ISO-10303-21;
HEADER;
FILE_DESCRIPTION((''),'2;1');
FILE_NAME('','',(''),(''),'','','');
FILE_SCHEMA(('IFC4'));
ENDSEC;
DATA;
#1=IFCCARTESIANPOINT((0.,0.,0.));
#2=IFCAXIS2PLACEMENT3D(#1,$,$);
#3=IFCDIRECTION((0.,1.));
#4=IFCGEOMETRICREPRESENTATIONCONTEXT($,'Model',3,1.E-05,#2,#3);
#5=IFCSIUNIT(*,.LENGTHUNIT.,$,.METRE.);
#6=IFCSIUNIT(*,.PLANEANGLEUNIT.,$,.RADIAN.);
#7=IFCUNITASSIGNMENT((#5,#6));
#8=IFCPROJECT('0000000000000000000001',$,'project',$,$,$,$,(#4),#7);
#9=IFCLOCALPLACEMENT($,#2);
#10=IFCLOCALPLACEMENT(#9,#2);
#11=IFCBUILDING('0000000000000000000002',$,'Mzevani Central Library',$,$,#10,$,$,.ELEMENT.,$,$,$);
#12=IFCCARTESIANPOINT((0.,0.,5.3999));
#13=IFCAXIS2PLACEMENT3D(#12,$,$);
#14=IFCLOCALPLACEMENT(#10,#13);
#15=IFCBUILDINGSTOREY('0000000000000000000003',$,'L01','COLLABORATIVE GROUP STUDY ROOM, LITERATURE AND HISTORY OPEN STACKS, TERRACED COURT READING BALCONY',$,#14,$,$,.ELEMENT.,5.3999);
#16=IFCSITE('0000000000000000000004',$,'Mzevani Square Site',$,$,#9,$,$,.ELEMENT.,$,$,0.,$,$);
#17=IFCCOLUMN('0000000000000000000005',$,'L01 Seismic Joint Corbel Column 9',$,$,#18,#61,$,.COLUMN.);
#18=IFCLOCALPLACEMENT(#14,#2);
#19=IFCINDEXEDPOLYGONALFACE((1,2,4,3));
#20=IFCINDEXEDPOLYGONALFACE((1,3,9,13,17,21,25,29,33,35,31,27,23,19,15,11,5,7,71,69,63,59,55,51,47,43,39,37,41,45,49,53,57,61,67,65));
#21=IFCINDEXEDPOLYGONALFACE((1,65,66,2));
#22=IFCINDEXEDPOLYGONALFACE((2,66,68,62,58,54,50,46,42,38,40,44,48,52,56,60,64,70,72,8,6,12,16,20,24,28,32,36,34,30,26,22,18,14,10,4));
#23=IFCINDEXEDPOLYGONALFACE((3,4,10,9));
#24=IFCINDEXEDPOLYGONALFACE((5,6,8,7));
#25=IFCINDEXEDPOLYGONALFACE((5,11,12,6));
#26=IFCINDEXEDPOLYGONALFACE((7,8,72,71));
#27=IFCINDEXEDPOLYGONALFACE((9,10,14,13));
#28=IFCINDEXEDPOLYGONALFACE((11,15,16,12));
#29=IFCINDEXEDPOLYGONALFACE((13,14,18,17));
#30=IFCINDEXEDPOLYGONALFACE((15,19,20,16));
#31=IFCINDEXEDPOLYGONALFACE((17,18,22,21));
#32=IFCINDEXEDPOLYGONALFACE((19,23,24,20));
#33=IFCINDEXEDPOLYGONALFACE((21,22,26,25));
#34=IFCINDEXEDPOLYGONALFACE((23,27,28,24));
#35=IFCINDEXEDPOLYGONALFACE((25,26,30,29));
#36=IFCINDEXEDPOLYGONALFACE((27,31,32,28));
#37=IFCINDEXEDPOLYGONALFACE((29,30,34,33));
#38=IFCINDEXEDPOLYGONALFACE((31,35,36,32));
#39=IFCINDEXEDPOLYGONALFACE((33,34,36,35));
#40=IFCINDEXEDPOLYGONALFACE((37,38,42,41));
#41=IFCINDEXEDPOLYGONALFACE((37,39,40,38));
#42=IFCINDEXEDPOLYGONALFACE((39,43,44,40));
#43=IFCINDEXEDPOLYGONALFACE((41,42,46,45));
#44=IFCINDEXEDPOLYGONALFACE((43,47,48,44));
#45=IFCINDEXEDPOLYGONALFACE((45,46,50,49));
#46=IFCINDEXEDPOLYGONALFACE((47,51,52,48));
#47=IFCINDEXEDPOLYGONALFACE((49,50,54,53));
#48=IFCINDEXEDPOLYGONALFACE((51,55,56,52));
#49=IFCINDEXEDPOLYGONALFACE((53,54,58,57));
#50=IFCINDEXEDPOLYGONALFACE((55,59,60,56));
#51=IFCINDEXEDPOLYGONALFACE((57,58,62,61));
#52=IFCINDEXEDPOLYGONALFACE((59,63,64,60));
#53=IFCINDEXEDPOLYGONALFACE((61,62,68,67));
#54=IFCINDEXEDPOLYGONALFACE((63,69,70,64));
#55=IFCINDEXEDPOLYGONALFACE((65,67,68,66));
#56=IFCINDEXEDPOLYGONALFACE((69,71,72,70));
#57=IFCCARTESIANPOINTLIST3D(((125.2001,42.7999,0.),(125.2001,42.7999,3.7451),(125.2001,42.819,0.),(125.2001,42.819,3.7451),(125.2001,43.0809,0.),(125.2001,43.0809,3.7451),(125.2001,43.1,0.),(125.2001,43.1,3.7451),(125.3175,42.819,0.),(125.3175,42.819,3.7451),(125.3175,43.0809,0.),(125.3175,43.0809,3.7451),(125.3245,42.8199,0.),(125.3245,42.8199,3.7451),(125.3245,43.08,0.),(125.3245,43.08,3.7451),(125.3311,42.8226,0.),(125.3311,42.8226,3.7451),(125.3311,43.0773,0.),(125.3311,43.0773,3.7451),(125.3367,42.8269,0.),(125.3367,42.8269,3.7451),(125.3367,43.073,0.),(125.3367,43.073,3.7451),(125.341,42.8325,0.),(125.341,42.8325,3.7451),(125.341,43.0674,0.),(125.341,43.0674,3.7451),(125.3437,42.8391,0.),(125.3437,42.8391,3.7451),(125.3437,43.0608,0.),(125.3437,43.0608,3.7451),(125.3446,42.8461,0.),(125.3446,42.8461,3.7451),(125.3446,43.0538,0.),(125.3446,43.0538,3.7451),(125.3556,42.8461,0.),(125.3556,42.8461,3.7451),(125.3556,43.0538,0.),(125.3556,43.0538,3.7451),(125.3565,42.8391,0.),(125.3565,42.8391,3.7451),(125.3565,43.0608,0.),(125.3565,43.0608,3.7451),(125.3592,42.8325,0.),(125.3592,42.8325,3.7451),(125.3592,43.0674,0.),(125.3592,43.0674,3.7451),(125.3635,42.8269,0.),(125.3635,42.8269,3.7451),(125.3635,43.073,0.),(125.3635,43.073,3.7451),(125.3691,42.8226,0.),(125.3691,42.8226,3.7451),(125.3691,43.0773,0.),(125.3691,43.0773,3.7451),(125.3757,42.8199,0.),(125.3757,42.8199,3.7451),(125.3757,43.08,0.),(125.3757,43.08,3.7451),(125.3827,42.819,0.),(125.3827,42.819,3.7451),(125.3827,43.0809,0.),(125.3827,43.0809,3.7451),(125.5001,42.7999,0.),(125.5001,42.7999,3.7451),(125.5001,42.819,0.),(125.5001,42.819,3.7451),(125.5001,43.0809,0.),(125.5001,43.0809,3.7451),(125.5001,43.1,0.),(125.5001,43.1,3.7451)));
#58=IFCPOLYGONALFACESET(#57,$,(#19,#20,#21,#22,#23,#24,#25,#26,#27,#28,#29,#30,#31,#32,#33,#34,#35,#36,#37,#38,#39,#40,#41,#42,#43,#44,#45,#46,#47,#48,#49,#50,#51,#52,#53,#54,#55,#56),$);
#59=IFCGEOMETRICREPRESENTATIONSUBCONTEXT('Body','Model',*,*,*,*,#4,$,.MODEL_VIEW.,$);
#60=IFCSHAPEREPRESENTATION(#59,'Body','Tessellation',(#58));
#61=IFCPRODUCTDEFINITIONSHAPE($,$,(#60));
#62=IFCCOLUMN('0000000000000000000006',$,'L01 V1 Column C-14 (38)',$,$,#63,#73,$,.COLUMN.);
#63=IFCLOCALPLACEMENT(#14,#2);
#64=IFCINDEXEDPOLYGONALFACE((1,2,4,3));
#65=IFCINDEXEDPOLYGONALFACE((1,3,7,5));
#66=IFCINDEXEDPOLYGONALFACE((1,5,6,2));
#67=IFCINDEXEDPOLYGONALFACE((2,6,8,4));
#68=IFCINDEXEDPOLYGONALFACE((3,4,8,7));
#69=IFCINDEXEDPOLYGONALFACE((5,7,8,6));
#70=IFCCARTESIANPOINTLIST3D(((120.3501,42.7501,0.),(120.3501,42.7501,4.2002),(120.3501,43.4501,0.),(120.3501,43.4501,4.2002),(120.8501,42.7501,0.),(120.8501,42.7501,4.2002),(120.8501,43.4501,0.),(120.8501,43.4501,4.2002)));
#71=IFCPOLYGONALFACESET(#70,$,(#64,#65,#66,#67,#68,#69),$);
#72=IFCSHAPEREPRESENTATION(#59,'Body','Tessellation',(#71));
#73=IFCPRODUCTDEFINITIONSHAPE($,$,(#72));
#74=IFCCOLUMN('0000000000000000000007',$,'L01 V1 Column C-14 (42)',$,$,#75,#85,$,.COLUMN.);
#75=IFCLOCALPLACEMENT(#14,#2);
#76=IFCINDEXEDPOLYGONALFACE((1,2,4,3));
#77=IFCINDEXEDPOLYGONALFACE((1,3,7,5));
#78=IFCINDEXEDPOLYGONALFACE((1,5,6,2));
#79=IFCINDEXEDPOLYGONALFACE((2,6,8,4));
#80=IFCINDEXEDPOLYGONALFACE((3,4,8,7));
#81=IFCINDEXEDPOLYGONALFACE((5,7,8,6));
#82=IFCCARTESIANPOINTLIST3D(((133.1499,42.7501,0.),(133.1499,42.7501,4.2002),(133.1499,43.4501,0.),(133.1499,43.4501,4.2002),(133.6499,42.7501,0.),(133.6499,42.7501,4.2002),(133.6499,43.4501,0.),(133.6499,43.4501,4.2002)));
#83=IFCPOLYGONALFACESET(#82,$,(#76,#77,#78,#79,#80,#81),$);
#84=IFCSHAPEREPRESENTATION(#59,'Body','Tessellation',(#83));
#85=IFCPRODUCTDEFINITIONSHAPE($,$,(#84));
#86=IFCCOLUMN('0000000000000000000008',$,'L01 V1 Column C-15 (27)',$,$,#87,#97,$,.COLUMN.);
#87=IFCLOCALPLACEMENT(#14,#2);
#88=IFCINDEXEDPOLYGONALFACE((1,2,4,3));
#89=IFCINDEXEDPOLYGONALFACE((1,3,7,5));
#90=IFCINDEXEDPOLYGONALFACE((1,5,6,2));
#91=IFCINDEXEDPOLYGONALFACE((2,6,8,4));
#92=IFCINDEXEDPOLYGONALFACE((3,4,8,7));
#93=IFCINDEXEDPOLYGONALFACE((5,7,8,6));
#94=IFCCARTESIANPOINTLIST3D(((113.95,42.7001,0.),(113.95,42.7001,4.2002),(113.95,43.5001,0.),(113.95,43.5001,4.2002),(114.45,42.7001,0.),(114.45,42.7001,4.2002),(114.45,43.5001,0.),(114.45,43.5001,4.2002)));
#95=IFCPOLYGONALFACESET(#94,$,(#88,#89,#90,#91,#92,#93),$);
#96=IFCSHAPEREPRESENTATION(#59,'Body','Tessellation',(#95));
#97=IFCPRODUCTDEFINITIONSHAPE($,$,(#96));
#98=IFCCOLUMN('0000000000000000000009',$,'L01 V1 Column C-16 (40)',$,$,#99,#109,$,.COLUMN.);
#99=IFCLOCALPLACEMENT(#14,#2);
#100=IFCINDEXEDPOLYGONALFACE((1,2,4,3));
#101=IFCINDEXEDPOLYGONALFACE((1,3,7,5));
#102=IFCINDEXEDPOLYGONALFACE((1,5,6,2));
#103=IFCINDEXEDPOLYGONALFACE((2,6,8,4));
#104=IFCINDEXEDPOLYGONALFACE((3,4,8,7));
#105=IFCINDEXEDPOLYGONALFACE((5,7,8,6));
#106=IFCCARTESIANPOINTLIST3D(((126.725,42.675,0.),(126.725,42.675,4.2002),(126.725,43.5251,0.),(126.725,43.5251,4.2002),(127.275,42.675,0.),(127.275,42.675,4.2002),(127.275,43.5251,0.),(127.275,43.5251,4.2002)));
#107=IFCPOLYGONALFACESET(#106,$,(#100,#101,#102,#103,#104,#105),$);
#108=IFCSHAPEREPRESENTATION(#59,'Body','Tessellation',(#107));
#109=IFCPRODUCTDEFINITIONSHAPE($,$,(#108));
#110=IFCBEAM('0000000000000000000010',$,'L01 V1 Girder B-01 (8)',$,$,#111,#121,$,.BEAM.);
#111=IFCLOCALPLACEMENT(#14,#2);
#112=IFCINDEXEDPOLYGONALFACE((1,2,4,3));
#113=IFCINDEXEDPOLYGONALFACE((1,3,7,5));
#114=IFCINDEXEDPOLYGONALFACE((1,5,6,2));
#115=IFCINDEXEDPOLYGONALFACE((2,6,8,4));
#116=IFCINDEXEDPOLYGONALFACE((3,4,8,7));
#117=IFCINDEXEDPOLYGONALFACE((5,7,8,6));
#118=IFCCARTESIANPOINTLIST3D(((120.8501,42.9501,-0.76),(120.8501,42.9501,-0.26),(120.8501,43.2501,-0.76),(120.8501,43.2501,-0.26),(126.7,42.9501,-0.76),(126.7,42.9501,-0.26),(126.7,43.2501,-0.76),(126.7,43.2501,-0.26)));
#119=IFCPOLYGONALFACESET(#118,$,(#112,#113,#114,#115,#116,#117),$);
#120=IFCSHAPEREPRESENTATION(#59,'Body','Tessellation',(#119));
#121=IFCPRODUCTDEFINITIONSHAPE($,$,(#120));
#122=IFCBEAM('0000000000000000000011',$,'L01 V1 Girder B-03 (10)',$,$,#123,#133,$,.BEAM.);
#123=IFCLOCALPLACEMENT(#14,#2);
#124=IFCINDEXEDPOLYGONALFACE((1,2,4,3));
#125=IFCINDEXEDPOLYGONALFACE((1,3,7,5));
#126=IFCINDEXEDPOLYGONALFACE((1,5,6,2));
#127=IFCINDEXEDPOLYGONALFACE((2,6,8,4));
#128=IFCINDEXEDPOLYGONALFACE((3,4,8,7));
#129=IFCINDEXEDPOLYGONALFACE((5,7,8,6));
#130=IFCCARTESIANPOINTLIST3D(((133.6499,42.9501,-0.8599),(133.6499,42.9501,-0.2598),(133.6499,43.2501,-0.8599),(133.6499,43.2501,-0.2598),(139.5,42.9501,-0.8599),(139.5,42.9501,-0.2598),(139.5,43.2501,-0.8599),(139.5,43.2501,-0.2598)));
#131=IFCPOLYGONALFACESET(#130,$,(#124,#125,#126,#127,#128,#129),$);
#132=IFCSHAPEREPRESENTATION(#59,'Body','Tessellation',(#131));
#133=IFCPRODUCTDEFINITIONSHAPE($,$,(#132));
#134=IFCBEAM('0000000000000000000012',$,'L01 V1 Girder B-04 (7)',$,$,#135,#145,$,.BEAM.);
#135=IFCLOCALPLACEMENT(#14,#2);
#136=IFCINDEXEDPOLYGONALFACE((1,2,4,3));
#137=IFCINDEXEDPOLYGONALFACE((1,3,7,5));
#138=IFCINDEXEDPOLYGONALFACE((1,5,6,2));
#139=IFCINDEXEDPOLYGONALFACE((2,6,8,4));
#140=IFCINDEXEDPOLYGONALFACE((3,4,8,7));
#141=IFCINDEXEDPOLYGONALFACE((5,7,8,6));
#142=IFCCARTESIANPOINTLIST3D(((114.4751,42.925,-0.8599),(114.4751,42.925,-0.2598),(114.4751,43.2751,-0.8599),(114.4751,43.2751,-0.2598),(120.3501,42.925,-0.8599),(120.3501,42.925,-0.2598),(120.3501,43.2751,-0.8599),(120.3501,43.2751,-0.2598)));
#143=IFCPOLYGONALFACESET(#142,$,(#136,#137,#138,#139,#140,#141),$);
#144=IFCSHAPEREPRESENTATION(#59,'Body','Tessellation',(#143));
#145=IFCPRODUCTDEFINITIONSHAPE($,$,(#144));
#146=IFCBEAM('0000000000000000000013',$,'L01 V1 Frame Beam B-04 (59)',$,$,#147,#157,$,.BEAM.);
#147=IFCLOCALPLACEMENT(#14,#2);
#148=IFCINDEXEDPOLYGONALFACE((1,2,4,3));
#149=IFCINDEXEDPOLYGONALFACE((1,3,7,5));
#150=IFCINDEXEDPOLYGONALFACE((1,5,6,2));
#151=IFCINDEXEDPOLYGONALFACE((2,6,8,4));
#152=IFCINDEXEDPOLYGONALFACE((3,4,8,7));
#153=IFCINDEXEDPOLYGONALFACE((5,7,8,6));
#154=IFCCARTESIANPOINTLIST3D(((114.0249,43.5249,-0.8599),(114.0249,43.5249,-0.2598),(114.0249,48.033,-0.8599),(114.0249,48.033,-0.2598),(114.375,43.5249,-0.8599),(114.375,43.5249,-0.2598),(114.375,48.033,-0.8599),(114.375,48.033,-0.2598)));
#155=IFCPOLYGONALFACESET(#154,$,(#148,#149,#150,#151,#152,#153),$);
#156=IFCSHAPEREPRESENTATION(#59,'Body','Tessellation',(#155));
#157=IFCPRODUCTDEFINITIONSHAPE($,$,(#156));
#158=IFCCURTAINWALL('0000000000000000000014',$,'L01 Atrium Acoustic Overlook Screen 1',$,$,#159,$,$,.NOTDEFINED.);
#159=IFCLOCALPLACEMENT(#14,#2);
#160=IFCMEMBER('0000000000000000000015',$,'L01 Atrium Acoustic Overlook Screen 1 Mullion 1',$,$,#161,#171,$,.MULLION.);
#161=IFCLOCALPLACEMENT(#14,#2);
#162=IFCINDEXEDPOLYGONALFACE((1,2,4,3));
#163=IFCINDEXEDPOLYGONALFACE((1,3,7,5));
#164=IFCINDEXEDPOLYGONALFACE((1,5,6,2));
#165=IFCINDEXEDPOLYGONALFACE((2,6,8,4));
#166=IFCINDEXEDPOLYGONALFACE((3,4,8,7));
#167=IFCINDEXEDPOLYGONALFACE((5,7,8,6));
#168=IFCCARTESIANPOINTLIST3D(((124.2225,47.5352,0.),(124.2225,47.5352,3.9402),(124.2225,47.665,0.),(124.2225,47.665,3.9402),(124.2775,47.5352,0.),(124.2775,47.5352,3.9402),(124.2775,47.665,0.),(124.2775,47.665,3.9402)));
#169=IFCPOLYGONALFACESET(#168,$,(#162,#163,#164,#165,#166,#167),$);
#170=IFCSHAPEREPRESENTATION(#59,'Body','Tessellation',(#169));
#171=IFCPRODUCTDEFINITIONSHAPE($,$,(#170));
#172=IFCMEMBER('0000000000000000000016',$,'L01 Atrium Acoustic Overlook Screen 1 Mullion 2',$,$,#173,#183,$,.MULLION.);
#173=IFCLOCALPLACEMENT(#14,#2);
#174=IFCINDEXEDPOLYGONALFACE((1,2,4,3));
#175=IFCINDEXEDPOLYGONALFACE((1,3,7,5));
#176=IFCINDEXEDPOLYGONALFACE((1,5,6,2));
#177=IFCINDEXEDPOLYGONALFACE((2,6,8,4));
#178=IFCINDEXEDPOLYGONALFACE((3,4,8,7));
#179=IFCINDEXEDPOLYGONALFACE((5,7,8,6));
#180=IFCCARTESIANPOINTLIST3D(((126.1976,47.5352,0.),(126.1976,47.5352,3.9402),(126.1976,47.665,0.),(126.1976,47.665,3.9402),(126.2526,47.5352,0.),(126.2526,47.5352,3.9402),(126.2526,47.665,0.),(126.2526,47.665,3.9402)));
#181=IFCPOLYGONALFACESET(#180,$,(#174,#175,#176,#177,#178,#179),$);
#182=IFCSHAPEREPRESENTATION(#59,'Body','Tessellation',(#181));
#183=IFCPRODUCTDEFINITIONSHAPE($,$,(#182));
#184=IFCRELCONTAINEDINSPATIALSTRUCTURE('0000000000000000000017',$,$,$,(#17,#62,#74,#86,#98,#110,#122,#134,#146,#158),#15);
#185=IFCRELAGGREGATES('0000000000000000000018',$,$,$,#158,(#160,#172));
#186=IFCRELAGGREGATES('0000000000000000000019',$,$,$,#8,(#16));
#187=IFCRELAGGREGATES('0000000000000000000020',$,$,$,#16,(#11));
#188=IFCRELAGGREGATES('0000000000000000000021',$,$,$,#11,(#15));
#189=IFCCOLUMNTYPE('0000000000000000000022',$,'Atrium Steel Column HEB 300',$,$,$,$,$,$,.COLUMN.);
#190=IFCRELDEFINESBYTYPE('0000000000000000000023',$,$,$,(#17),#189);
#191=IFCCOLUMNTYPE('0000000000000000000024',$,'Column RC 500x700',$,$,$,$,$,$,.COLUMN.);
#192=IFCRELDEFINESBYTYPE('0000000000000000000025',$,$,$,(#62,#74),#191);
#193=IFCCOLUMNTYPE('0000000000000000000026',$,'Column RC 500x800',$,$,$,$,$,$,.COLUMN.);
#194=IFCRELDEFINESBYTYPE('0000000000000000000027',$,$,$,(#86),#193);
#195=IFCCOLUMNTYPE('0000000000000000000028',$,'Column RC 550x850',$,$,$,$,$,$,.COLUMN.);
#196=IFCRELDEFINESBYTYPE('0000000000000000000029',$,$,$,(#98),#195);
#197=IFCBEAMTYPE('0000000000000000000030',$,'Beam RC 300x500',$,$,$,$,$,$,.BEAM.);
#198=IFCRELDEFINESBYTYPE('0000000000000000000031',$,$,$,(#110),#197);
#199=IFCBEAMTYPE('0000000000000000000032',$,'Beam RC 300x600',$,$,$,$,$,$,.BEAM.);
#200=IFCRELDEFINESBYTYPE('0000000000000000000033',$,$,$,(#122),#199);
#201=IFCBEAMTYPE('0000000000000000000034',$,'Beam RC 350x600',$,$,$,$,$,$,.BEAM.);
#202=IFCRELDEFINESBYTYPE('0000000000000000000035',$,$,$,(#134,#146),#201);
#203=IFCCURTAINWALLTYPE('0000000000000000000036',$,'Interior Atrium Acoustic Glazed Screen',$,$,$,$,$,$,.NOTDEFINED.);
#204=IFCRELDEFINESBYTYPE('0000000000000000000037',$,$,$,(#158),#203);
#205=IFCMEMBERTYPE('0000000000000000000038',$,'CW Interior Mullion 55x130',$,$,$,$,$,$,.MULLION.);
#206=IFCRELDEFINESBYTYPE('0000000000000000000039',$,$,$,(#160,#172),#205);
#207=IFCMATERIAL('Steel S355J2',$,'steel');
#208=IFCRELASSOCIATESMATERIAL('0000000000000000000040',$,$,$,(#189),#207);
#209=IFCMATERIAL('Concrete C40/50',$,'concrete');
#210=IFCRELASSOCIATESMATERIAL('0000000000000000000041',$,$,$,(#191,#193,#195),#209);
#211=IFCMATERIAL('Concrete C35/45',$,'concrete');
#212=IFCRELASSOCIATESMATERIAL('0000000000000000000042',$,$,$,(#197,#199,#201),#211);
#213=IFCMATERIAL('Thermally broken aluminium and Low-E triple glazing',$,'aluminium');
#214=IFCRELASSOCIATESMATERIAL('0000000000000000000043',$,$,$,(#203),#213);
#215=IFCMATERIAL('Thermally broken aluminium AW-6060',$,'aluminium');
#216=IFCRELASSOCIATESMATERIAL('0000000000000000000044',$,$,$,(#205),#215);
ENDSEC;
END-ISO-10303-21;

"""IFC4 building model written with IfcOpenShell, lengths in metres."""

from ifc_helpers import new_model, si_unit, direction, frame, origin, origin_2d, place, context, subcontext, project, spatial, rectangle, i_section, extrude, material, material_profile, profile_set, type_object, element, aggregate, save


model = new_model("IFC4")

# Units and contexts
model_context = context("Model", 3, precision=1e-05, world=origin(), true_north=direction((0.0, 1.0)))
body_context = subcontext(model_context, "Body", "Model", "MODEL_VIEW")
ifc_project = project(units=[si_unit("LENGTHUNIT", "METRE"), si_unit("PLANEANGLEUNIT", "RADIAN")], contexts=[model_context])

# Site, building, storey
site_placement = place(None, origin())
site = spatial("IfcSite", under=ifc_project, at=site_placement, Name="Mzevani Square Site", CompositionType="ELEMENT", RefElevation=0.0)
building_placement = place(site_placement, origin())
building = spatial("IfcBuilding", under=site, at=building_placement, Name="Mzevani Central Library", CompositionType="ELEMENT")
storey_placement = place(building_placement, frame((0.0, 0.0, 5.3999)))
storey = spatial("IfcBuildingStorey", under=building, at=storey_placement, Name="L01", Description="COLLABORATIVE GROUP STUDY ROOM, LITERATURE AND HISTORY OPEN STACKS, TERRACED COURT READING BALCONY", CompositionType="ELEMENT", Elevation=5.3999)

# Columns
ifc_material_1 = material(Name="Steel S355J2", Category="steel")
ifc_material_profile_1 = material_profile(ifc_material_1, i_section(OverallWidth=0.3, OverallDepth=0.3, WebThickness=0.011, FlangeThickness=0.019, FilletRadius=0.0271, at=origin_2d()), Name="HEB 300")
ifc_profile_set_1 = profile_set([ifc_material_profile_1], Name="Steel S355J2")
column_type_1 = type_object("IfcColumnType", Name="Atrium Steel Column HEB 300", PredefinedType="COLUMN", material=ifc_profile_set_1)
column_1_placement = place(storey_placement, frame((125.3501, 42.95, 0.0), z_axis=(0.0, 0.0, 1.0), x_axis=(1.0, 0.0, 0.0)))
element("IfcColumn", 1, at=column_1_placement, inside=storey, type_object=column_type_1, Name="L01 Seismic Joint Corbel Column 9", PredefinedType="COLUMN", context=body_context, shape_type="SweptSolid", body=[
    extrude(i_section(OverallWidth=0.3, OverallDepth=0.3, WebThickness=0.011, FlangeThickness=0.019, FilletRadius=0.0271, at=origin_2d()), origin(), (0.0, 0.0, 1.0), 3.7451),
])
ifc_material_2 = material(Name="Concrete C40/50", Category="concrete")
ifc_material_profile_2 = material_profile(ifc_material_2, rectangle(XDim=0.5, YDim=0.7, at=origin_2d()), Name="RC 500x700")
ifc_profile_set_2 = profile_set([ifc_material_profile_2], Name="Concrete C40/50")
column_type_2 = type_object("IfcColumnType", Name="Column RC 500x700", PredefinedType="COLUMN", material=ifc_profile_set_2)
for number, where, z_axis, x_axis, name in (
    (2, (120.6001, 43.1001, 0.0), (0.0, 0.0, 1.0), (1.0, 0.0, 0.0), "L01 V1 Column C-14 (38)"),
    (3, (133.3999, 43.1001, 0.0), (0.0, 0.0, 1.0), (1.0, 0.0, 0.0), "L01 V1 Column C-14 (42)"),
):
    element("IfcColumn", number, at=place(storey_placement, frame(where, z_axis=z_axis, x_axis=x_axis)), inside=storey, type_object=column_type_2, Name=name, PredefinedType="COLUMN", context=body_context, shape_type="SweptSolid", body=[
        extrude(rectangle(XDim=0.5, YDim=0.7, at=origin_2d()), origin(), (0.0, 0.0, 1.0), 4.2002),
    ])
ifc_material_profile_3 = material_profile(ifc_material_2, rectangle(XDim=0.5, YDim=0.8, at=origin_2d()), Name="RC 500x800")
ifc_profile_set_3 = profile_set([ifc_material_profile_3], Name="Concrete C40/50")
column_type_3 = type_object("IfcColumnType", Name="Column RC 500x800", PredefinedType="COLUMN", material=ifc_profile_set_3)
column_2_placement = place(storey_placement, frame((114.2, 43.1001, 0.0), z_axis=(0.0, 0.0, 1.0), x_axis=(1.0, 0.0, 0.0)))
element("IfcColumn", 4, at=column_2_placement, inside=storey, type_object=column_type_3, Name="L01 V1 Column C-15 (27)", PredefinedType="COLUMN", context=body_context, shape_type="SweptSolid", body=[
    extrude(rectangle(XDim=0.5, YDim=0.8, at=origin_2d()), origin(), (0.0, 0.0, 1.0), 4.2002),
])
ifc_material_profile_4 = material_profile(ifc_material_2, rectangle(XDim=0.55, YDim=0.8501, at=origin_2d()), Name="RC 550x850")
ifc_profile_set_4 = profile_set([ifc_material_profile_4], Name="Concrete C40/50")
column_type_4 = type_object("IfcColumnType", Name="Column RC 550x850", PredefinedType="COLUMN", material=ifc_profile_set_4)
column_3_placement = place(storey_placement, frame((127.0, 43.1001, 0.0), z_axis=(0.0, 0.0, 1.0), x_axis=(1.0, 0.0, 0.0)))
element("IfcColumn", 5, at=column_3_placement, inside=storey, type_object=column_type_4, Name="L01 V1 Column C-16 (40)", PredefinedType="COLUMN", context=body_context, shape_type="SweptSolid", body=[
    extrude(rectangle(XDim=0.55, YDim=0.8501, at=origin_2d()), origin(), (0.0, 0.0, 1.0), 4.2002),
])

# Beams
ifc_material_3 = material(Name="Concrete C35/45", Category="concrete")
ifc_material_profile_5 = material_profile(ifc_material_3, rectangle(XDim=0.3, YDim=0.5, at=origin_2d()), Name="RC B300x500")
ifc_profile_set_5 = profile_set([ifc_material_profile_5], Name="Concrete C35/45")
beam_type_1 = type_object("IfcBeamType", Name="Beam RC 300x500", PredefinedType="BEAM", material=ifc_profile_set_5)
beam_1_placement = place(storey_placement, frame((120.8501, 43.1001, -0.51), z_axis=(1.0, 0.0, 0.0), x_axis=(0.0, 1.0, 0.0)))
element("IfcBeam", 6, at=beam_1_placement, inside=storey, type_object=beam_type_1, Name="L01 V1 Girder B-01 (8)", PredefinedType="BEAM", context=body_context, shape_type="SweptSolid", body=[
    extrude(rectangle(XDim=0.3, YDim=0.5, at=origin_2d()), origin(), (0.0, 0.0, 1.0), 5.8499),
])
ifc_material_profile_6 = material_profile(ifc_material_3, rectangle(XDim=0.3, YDim=0.6001, at=origin_2d()), Name="RC B300x600")
ifc_profile_set_6 = profile_set([ifc_material_profile_6], Name="Concrete C35/45")
beam_type_2 = type_object("IfcBeamType", Name="Beam RC 300x600", PredefinedType="BEAM", material=ifc_profile_set_6)
beam_2_placement = place(storey_placement, frame((133.6499, 43.1001, -0.5598), z_axis=(1.0, 0.0, 0.0), x_axis=(0.0, 1.0, 0.0)))
element("IfcBeam", 7, at=beam_2_placement, inside=storey, type_object=beam_type_2, Name="L01 V1 Girder B-03 (10)", PredefinedType="BEAM", context=body_context, shape_type="SweptSolid", body=[
    extrude(rectangle(XDim=0.3, YDim=0.6001, at=origin_2d()), origin(), (0.0, 0.0, 1.0), 5.8501),
])
ifc_material_profile_7 = material_profile(ifc_material_3, rectangle(XDim=0.3501, YDim=0.6001, at=origin_2d()), Name="RC B350x600")
ifc_profile_set_7 = profile_set([ifc_material_profile_7], Name="Concrete C35/45")
beam_type_3 = type_object("IfcBeamType", Name="Beam RC 350x600", PredefinedType="BEAM", material=ifc_profile_set_7)
beam_3_placement = place(storey_placement, frame((114.4751, 43.1001, -0.5598), z_axis=(1.0, 0.0, 0.0), x_axis=(0.0, 1.0, 0.0)))
element("IfcBeam", 8, at=beam_3_placement, inside=storey, type_object=beam_type_3, Name="L01 V1 Girder B-04 (7)", PredefinedType="BEAM", context=body_context, shape_type="SweptSolid", body=[
    extrude(rectangle(XDim=0.3501, YDim=0.6001, at=origin_2d()), origin(), (0.0, 0.0, 1.0), 5.875),
])
beam_4_placement = place(storey_placement, frame((114.2, 43.5249, -0.5598), z_axis=(0.0, 1.0, 0.0), x_axis=(-1.0, 0.0, 0.0)))
element("IfcBeam", 9, at=beam_4_placement, inside=storey, type_object=beam_type_3, Name="L01 V1 Frame Beam B-04 (59)", PredefinedType="BEAM", context=body_context, shape_type="SweptSolid", body=[
    extrude(rectangle(XDim=0.3501, YDim=0.6001, at=origin_2d()), origin(), (0.0, 0.0, 1.0), 4.5081),
])

# Curtain wall, members
ifc_material_4 = material(Name="Thermally broken aluminium and Low-E triple glazing", Category="aluminium")
curtain_wall_type = type_object("IfcCurtainWallType", Name="Interior Atrium Acoustic Glazed Screen", PredefinedType="NOTDEFINED", material=ifc_material_4)
curtain_wall_placement = place(storey_placement, origin())
curtain_wall = element("IfcCurtainWall", 10, at=curtain_wall_placement, inside=storey, type_object=curtain_wall_type, Name="L01 Atrium Acoustic Overlook Screen 1", PredefinedType="NOTDEFINED")
ifc_material_5 = material(Name="Thermally broken aluminium AW-6060", Category="aluminium")
ifc_material_profile_8 = material_profile(ifc_material_5, rectangle(XDim=0.0549, YDim=0.1299, at=origin_2d()), Name="ALU M55x130")
ifc_profile_set_8 = profile_set([ifc_material_profile_8], Name="Thermally broken aluminium AW-6060")
member_type_1 = type_object("IfcMemberType", Name="CW Interior Mullion 55x130", PredefinedType="MULLION", material=ifc_profile_set_8)
member_1_placement = place(storey_placement, frame((124.25, 47.6001, 0.0), z_axis=(0.0, 0.0, 1.0), x_axis=(1.0, 0.0, 0.0)))
member_1 = element("IfcMember", 11, at=member_1_placement, type_object=member_type_1, Name="L01 Atrium Acoustic Overlook Screen 1 Mullion 1", PredefinedType="MULLION", context=body_context, shape_type="SweptSolid", body=[
    extrude(rectangle(XDim=0.0549, YDim=0.1299, at=origin_2d()), origin(), (0.0, 0.0, 1.0), 3.9402),
])
member_2_placement = place(storey_placement, frame((126.2251, 47.6001, 0.0), z_axis=(0.0, 0.0, 1.0), x_axis=(1.0, 0.0, 0.0)))
member_2 = element("IfcMember", 12, at=member_2_placement, type_object=member_type_1, Name="L01 Atrium Acoustic Overlook Screen 1 Mullion 2", PredefinedType="MULLION", context=body_context, shape_type="SweptSolid", body=[
    extrude(rectangle(XDim=0.0549, YDim=0.1299, at=origin_2d()), origin(), (0.0, 0.0, 1.0), 3.9402),
])

aggregate(curtain_wall, [member_1, member_2])

save(model, "model.ifc")
